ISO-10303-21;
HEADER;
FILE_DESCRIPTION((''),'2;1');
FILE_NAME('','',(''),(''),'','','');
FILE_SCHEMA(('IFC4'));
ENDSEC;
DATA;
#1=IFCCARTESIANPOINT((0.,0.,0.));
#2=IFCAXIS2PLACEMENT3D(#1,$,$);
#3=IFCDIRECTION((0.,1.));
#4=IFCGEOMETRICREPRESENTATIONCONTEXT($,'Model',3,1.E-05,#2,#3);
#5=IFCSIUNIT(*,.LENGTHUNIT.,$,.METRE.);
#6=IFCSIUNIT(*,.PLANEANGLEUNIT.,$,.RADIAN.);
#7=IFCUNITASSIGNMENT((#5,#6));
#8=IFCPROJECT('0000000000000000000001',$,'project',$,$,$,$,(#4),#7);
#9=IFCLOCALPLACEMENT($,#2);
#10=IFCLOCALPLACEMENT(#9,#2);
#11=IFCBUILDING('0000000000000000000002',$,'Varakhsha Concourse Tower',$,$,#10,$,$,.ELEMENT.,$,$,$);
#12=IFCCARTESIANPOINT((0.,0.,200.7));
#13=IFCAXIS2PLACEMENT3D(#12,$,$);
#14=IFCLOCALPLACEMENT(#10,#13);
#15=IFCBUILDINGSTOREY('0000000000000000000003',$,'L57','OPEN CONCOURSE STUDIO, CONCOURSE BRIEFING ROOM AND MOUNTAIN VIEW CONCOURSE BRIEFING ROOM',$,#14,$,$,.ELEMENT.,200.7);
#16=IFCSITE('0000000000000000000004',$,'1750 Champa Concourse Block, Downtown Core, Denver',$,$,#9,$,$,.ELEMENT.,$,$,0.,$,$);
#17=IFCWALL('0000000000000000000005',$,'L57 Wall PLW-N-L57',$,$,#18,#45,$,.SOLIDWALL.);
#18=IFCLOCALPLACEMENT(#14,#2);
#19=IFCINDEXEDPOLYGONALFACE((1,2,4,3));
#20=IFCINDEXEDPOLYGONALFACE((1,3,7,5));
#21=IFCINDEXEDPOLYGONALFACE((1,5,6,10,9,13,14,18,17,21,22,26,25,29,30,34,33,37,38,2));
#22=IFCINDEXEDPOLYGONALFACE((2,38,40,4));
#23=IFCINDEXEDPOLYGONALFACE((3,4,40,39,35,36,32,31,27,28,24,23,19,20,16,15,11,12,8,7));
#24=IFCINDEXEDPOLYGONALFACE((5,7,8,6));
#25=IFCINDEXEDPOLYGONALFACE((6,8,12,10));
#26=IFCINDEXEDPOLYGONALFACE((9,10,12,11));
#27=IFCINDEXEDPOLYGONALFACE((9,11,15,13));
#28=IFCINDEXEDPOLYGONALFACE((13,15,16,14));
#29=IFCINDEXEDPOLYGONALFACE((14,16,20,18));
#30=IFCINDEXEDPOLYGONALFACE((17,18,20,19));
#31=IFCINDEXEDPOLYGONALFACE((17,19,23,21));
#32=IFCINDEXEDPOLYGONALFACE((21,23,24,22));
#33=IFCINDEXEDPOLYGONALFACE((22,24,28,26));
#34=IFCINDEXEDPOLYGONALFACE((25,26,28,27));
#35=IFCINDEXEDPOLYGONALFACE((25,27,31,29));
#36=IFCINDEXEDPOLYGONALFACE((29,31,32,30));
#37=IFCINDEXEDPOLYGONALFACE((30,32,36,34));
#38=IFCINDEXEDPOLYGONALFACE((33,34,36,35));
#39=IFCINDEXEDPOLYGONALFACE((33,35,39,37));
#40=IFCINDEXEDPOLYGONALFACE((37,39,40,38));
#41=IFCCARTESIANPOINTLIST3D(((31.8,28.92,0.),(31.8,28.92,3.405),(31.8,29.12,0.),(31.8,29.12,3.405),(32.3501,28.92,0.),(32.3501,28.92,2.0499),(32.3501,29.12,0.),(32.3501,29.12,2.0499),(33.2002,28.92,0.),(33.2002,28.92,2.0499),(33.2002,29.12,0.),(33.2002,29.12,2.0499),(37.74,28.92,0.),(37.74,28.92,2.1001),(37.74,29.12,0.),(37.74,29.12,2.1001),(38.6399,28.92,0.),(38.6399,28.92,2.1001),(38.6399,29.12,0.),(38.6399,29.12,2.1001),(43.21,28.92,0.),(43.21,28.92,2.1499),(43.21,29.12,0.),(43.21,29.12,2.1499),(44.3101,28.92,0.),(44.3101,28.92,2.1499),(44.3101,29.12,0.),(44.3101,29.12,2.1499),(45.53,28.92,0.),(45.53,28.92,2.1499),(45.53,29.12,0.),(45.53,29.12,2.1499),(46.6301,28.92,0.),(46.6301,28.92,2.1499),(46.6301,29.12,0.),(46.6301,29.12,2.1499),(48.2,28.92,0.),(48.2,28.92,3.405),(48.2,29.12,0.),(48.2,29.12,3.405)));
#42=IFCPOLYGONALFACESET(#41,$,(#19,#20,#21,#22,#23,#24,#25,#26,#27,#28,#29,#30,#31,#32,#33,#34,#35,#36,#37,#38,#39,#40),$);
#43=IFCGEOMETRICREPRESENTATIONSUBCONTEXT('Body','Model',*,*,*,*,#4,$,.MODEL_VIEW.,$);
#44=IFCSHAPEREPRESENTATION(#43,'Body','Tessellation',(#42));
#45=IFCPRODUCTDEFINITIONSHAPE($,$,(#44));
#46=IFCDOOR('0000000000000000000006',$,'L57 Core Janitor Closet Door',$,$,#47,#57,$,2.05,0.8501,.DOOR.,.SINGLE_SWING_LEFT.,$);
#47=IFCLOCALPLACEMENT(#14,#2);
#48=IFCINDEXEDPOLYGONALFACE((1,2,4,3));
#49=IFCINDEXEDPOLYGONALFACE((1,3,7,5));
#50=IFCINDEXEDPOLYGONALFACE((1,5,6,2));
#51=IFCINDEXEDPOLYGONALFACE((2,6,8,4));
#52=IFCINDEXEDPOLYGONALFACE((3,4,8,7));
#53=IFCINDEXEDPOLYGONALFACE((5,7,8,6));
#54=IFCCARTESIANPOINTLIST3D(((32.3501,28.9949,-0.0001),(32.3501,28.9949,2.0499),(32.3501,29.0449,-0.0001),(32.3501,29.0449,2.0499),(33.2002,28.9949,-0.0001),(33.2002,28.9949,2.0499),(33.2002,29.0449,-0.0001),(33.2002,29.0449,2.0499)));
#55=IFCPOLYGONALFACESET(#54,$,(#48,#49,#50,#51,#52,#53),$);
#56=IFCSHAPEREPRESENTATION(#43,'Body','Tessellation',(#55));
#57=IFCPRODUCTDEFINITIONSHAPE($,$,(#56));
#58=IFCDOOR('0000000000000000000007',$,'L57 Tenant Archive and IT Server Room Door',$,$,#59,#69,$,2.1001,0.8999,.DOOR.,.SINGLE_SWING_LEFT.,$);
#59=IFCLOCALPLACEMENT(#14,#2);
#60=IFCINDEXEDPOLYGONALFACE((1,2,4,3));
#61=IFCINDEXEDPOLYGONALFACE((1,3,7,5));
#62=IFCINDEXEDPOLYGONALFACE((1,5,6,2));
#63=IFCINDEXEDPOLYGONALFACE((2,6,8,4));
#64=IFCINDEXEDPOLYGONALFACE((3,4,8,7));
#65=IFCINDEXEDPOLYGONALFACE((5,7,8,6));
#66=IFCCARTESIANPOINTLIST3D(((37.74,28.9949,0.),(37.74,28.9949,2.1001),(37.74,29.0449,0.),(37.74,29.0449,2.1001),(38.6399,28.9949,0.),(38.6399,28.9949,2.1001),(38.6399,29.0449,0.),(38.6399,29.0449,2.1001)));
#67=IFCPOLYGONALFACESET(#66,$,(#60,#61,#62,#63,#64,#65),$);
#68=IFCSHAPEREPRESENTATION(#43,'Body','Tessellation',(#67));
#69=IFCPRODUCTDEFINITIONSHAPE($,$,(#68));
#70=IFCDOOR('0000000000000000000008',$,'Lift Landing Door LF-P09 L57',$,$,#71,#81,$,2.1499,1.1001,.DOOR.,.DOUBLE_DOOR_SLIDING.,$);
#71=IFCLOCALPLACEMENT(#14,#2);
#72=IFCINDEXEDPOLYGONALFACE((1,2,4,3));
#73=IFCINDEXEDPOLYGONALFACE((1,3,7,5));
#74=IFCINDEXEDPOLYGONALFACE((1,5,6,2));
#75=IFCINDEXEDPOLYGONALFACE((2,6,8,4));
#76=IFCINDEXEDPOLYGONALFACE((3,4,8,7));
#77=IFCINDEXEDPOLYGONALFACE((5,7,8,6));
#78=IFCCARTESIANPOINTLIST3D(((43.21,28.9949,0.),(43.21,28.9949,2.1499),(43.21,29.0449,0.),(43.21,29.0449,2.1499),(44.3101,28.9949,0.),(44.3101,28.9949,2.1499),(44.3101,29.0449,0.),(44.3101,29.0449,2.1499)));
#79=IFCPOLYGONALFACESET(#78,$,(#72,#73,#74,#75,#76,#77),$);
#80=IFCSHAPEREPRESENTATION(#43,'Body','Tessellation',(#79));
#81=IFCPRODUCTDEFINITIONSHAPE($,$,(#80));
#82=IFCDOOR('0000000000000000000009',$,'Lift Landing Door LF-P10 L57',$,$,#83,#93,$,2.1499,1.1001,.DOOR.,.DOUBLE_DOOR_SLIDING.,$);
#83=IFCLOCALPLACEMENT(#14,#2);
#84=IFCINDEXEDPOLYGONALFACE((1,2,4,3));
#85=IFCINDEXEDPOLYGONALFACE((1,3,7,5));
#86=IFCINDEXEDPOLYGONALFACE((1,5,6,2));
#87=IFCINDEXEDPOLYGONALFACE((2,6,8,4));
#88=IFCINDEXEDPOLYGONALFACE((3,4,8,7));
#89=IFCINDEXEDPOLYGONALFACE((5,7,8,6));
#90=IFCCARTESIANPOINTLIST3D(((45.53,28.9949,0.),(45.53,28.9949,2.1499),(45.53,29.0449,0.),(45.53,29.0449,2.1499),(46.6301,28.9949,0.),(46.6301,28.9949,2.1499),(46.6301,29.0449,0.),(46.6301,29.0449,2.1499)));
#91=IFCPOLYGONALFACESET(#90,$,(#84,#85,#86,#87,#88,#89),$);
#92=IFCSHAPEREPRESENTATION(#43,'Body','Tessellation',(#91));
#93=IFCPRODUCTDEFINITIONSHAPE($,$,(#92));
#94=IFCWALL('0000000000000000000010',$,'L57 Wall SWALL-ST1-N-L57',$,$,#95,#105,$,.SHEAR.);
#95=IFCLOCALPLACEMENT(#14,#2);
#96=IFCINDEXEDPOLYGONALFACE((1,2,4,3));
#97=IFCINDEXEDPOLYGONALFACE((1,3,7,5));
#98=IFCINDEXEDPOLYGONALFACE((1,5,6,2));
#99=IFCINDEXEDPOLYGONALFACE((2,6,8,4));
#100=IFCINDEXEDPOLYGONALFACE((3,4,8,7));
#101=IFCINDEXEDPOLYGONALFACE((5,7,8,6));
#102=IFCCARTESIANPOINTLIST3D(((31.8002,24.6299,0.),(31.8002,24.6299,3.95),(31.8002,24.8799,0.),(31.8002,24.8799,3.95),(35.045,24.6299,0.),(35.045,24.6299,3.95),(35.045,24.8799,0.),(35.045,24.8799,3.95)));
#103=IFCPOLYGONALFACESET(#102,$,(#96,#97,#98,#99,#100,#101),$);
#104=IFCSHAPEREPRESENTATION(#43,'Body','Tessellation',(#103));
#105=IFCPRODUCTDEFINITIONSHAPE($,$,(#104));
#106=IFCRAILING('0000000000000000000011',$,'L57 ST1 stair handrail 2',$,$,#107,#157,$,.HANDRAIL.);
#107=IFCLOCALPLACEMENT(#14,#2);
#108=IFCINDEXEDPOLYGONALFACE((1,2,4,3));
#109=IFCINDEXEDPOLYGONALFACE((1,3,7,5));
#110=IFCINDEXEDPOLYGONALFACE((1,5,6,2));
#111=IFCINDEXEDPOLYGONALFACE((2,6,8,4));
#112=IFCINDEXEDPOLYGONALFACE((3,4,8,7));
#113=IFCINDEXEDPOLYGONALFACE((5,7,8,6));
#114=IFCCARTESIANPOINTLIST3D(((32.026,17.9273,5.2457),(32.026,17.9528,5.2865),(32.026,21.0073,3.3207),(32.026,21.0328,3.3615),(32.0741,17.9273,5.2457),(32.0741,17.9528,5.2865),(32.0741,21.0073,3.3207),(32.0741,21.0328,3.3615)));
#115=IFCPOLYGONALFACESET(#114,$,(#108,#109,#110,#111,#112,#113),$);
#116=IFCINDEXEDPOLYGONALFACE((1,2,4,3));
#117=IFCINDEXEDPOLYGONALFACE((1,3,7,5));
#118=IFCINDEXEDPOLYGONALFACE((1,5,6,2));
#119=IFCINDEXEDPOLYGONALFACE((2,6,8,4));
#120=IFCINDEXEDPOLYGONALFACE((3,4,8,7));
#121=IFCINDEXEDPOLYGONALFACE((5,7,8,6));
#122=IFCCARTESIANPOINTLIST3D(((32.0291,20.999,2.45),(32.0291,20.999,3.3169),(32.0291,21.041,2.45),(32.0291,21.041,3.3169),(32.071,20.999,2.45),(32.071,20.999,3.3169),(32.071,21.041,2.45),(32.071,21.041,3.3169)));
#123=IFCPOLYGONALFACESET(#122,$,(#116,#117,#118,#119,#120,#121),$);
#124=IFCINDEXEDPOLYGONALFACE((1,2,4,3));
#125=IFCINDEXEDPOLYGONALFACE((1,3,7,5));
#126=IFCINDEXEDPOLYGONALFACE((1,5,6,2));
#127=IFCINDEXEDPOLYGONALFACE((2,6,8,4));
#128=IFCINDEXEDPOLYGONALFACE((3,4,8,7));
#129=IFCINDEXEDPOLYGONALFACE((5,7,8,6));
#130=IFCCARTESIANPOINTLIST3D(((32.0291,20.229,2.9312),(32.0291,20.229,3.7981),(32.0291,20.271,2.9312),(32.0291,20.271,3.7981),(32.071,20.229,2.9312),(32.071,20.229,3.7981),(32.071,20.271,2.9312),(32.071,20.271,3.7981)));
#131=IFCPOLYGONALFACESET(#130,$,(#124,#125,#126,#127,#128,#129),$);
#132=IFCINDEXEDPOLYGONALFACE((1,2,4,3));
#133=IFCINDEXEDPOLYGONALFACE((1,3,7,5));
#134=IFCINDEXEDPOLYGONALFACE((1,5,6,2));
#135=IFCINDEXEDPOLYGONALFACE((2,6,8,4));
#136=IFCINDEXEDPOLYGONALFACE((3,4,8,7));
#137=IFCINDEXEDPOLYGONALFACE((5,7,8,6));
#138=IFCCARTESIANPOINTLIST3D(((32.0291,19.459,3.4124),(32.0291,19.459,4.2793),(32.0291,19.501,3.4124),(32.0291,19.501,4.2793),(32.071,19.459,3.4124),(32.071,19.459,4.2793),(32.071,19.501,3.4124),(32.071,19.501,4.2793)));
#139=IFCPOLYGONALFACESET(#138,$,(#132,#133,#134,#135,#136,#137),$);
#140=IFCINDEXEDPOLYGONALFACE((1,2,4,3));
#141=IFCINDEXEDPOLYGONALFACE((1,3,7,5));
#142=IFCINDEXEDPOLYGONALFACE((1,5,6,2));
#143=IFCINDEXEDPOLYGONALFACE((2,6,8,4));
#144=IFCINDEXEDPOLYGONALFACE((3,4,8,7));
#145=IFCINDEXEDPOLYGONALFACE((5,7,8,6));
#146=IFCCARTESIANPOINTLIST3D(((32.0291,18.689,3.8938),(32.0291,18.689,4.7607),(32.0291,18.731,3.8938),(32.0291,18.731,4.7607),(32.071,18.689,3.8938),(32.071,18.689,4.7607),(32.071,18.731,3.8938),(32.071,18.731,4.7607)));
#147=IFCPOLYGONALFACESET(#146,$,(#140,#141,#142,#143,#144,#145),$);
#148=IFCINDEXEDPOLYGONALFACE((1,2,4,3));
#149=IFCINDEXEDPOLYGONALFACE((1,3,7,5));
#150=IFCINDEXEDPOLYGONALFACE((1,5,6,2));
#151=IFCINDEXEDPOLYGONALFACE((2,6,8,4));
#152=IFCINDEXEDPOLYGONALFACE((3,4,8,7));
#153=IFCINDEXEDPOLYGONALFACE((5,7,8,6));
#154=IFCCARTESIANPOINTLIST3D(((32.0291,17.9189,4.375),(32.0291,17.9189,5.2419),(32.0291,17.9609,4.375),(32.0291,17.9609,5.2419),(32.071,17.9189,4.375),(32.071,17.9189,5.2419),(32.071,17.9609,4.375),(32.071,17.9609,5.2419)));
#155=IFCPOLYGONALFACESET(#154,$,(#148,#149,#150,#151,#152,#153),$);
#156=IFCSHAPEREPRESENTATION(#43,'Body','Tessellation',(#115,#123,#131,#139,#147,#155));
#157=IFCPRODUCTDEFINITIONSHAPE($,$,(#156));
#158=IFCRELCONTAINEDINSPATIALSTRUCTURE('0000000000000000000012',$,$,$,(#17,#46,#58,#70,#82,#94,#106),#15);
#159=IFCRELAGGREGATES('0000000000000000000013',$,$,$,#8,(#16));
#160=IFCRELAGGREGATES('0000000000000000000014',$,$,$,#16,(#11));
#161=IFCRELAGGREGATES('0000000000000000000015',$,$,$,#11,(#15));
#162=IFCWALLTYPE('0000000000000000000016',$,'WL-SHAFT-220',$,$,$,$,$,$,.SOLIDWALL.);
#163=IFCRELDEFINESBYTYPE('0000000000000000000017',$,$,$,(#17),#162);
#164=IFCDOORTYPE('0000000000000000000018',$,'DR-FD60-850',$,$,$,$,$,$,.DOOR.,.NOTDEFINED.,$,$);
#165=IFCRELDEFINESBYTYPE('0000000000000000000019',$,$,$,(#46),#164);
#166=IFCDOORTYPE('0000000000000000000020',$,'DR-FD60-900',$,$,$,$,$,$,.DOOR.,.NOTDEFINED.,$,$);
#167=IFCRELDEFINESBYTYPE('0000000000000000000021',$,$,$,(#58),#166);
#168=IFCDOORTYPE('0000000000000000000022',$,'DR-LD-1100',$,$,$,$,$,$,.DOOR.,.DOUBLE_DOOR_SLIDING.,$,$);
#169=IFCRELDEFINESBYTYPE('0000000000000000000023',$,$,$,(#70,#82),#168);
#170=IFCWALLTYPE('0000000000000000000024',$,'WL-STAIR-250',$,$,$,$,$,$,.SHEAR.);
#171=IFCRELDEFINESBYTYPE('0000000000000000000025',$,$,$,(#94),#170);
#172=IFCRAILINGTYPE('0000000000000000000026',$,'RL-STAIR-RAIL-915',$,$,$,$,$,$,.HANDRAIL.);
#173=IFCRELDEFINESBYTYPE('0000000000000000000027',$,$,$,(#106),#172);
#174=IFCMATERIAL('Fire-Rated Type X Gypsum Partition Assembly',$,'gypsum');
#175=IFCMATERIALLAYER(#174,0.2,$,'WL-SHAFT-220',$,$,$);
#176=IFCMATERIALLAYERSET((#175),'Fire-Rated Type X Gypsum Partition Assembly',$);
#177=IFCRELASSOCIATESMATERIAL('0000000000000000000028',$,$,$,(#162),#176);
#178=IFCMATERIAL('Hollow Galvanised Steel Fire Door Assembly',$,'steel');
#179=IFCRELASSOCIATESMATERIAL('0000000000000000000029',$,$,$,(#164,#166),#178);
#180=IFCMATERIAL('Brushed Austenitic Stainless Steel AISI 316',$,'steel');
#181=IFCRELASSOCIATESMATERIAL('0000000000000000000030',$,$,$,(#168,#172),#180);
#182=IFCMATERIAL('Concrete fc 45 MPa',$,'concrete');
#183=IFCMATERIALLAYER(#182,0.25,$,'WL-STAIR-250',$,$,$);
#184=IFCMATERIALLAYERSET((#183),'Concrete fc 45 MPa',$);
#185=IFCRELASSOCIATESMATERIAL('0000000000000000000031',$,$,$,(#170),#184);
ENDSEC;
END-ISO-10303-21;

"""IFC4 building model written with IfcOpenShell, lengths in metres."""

from ifc_helpers import new_model, si_unit, direction, frame, frame_2d, origin, origin_2d, place, context, subcontext, project, spatial, rectangle, extrude, material, layer, layer_set, type_object, element, fill, save


model = new_model("IFC4")

# Units and contexts
model_context = context("Model", 3, precision=1e-05, world=origin(), true_north=direction((0.0, 1.0)))
body_context = subcontext(model_context, "Body", "Model", "MODEL_VIEW")
ifc_project = project(units=[si_unit("LENGTHUNIT", "METRE"), si_unit("PLANEANGLEUNIT", "RADIAN")], contexts=[model_context])

# Site, building, storey
site_placement = place(None, origin())
site = spatial("IfcSite", under=ifc_project, at=site_placement, Name="1750 Champa Concourse Block, Downtown Core, Denver", CompositionType="ELEMENT", RefElevation=0.0)
building_placement = place(site_placement, origin())
building = spatial("IfcBuilding", under=site, at=building_placement, Name="Varakhsha Concourse Tower", CompositionType="ELEMENT")
storey_placement = place(building_placement, frame((0.0, 0.0, 200.7)))
storey = spatial("IfcBuildingStorey", under=building, at=storey_placement, Name="L57", Description="OPEN CONCOURSE STUDIO, CONCOURSE BRIEFING ROOM AND MOUNTAIN VIEW CONCOURSE BRIEFING ROOM", CompositionType="ELEMENT", Elevation=200.7)

# Shared definitions
ifc_material_1 = material(Name="Fire-Rated Type X Gypsum Partition Assembly", Category="gypsum")

# Wall, openings, doors
ifc_layer_1 = layer(ifc_material_1, 0.2, Name="WL-SHAFT-220")
ifc_layer_set_1 = layer_set([ifc_layer_1], Name="Fire-Rated Type X Gypsum Partition Assembly")
wall_type_1 = type_object("IfcWallType", Name="WL-SHAFT-220", PredefinedType="SOLIDWALL", material=ifc_layer_set_1)
wall_1_placement = place(storey_placement, frame((31.8, 29.02, 0.0), z_axis=(0.0, 0.0, 1.0), x_axis=(1.0, 0.0, 0.0)))
wall_1 = element("IfcWall", 1, at=wall_1_placement, inside=storey, type_object=wall_type_1, Name="L57 Wall PLW-N-L57", PredefinedType="SOLIDWALL", context=body_context, shape_type="SweptSolid", body=[
    extrude(rectangle(XDim=16.3999, YDim=0.2, at=frame_2d((8.2, 0.0))), origin(), (0.0, 0.0, 1.0), 3.405),
])
opening_1_placement = place(wall_1_placement, frame((0.55, 0.0, 0.0)))
opening_1 = element("IfcOpeningElement", 2, at=opening_1_placement, cuts=wall_1, PredefinedType="OPENING", context=body_context, shape_type="SweptSolid", body=[
    extrude(rectangle(XDim=0.8501, YDim=2.05, at=frame_2d((0.425, 1.0249))), frame((0.0, 0.1099, 0.0), z_axis=(0.0, -1.0, 0.0), x_axis=(1.0, 0.0, 0.0)), (0.0, 0.0, 1.0), 0.22),
])
opening_2_placement = place(wall_1_placement, frame((5.9399, 0.0, 0.0)))
opening_2 = element("IfcOpeningElement", 3, at=opening_2_placement, cuts=wall_1, PredefinedType="OPENING", context=body_context, shape_type="SweptSolid", body=[
    extrude(rectangle(XDim=0.8999, YDim=2.1001, at=frame_2d((0.45, 1.05))), frame((0.0, 0.1099, 0.0), z_axis=(0.0, -1.0, 0.0), x_axis=(1.0, 0.0, 0.0)), (0.0, 0.0, 1.0), 0.22),
])
opening_3_placement = place(wall_1_placement, frame((11.4099, 0.0, 0.0)))
opening_3 = element("IfcOpeningElement", 4, at=opening_3_placement, cuts=wall_1, PredefinedType="OPENING", context=body_context, shape_type="SweptSolid", body=[
    extrude(rectangle(XDim=1.1001, YDim=2.1499, at=frame_2d((0.55, 1.075))), frame((0.0, 0.1099, 0.0), z_axis=(0.0, -1.0, 0.0), x_axis=(1.0, 0.0, 0.0)), (0.0, 0.0, 1.0), 0.22),
])
opening_4_placement = place(wall_1_placement, frame((13.73, 0.0, 0.0)))
opening_4 = element("IfcOpeningElement", 5, at=opening_4_placement, cuts=wall_1, PredefinedType="OPENING", context=body_context, shape_type="SweptSolid", body=[
    extrude(rectangle(XDim=1.1001, YDim=2.1499, at=frame_2d((0.55, 1.075))), frame((0.0, 0.1099, 0.0), z_axis=(0.0, -1.0, 0.0), x_axis=(1.0, 0.0, 0.0)), (0.0, 0.0, 1.0), 0.22),
])
ifc_material_2 = material(Name="Hollow Galvanised Steel Fire Door Assembly", Category="steel")
door_type_1 = type_object("IfcDoorType", Name="DR-FD60-850", OperationType="NOTDEFINED", PredefinedType="DOOR", material=ifc_material_2)
door_1_placement = place(opening_1_placement, origin())
door_1 = element("IfcDoor", 6, at=door_1_placement, inside=storey, type_object=door_type_1, Name="L57 Core Janitor Closet Door", OperationType="SINGLE_SWING_LEFT", OverallHeight=2.05, OverallWidth=0.8501, PredefinedType="DOOR", context=body_context, shape_type="SweptSolid", body=[
    extrude(rectangle(XDim=0.8501, YDim=2.05, at=frame_2d((0.425, 1.0249))), frame((0.0, 0.0249, 0.0), z_axis=(0.0, -1.0, 0.0), x_axis=(1.0, 0.0, 0.0)), (0.0, 0.0, 1.0), 0.05),
])
fill(opening_1, door_1)
door_type_2 = type_object("IfcDoorType", Name="DR-FD60-900", OperationType="NOTDEFINED", PredefinedType="DOOR", material=ifc_material_2)
door_2_placement = place(opening_2_placement, origin())
door_2 = element("IfcDoor", 7, at=door_2_placement, inside=storey, type_object=door_type_2, Name="L57 Tenant Archive and IT Server Room Door", OperationType="SINGLE_SWING_LEFT", OverallHeight=2.1001, OverallWidth=0.8999, PredefinedType="DOOR", context=body_context, shape_type="SweptSolid", body=[
    extrude(rectangle(XDim=0.8999, YDim=2.1001, at=frame_2d((0.45, 1.05))), frame((0.0, 0.0249, 0.0), z_axis=(0.0, -1.0, 0.0), x_axis=(1.0, 0.0, 0.0)), (0.0, 0.0, 1.0), 0.05),
])
fill(opening_2, door_2)
ifc_material_3 = material(Name="Brushed Austenitic Stainless Steel AISI 316", Category="steel")
door_type_3 = type_object("IfcDoorType", Name="DR-LD-1100", OperationType="DOUBLE_DOOR_SLIDING", PredefinedType="DOOR", material=ifc_material_3)
door_3_placement = place(opening_3_placement, origin())
door_3 = element("IfcDoor", 8, at=door_3_placement, inside=storey, type_object=door_type_3, Name="Lift Landing Door LF-P09 L57", OperationType="DOUBLE_DOOR_SLIDING", OverallHeight=2.1499, OverallWidth=1.1001, PredefinedType="DOOR", context=body_context, shape_type="SweptSolid", body=[
    extrude(rectangle(XDim=1.1001, YDim=2.1499, at=frame_2d((0.55, 1.075))), frame((0.0, 0.0249, 0.0), z_axis=(0.0, -1.0, 0.0), x_axis=(1.0, 0.0, 0.0)), (0.0, 0.0, 1.0), 0.05),
])
fill(opening_3, door_3)
door_4_placement = place(opening_4_placement, origin())
door_4 = element("IfcDoor", 9, at=door_4_placement, inside=storey, type_object=door_type_3, Name="Lift Landing Door LF-P10 L57", OperationType="DOUBLE_DOOR_SLIDING", OverallHeight=2.1499, OverallWidth=1.1001, PredefinedType="DOOR", context=body_context, shape_type="SweptSolid", body=[
    extrude(rectangle(XDim=1.1001, YDim=2.1499, at=frame_2d((0.55, 1.075))), frame((0.0, 0.0249, 0.0), z_axis=(0.0, -1.0, 0.0), x_axis=(1.0, 0.0, 0.0)), (0.0, 0.0, 1.0), 0.05),
])
fill(opening_4, door_4)

# Wall
ifc_material_4 = material(Name="Concrete fc 45 MPa", Category="concrete")
ifc_layer_2 = layer(ifc_material_4, 0.25, Name="WL-STAIR-250")
ifc_layer_set_2 = layer_set([ifc_layer_2], Name="Concrete fc 45 MPa")
wall_type_2 = type_object("IfcWallType", Name="WL-STAIR-250", PredefinedType="SHEAR", material=ifc_layer_set_2)
wall_2_placement = place(storey_placement, frame((31.8, 24.7549, 0.0), z_axis=(0.0, 0.0, 1.0), x_axis=(1.0, 0.0, 0.0)))
element("IfcWall", 10, at=wall_2_placement, inside=storey, type_object=wall_type_2, Name="L57 Wall SWALL-ST1-N-L57", PredefinedType="SHEAR", context=body_context, shape_type="SweptSolid", body=[
    extrude(rectangle(XDim=3.2449, YDim=0.25, at=frame_2d((1.6226, 0.0))), origin(), (0.0, 0.0, 1.0), 3.95),
])

# Railing
railing_type = type_object("IfcRailingType", Name="RL-STAIR-RAIL-915", PredefinedType="HANDRAIL", material=ifc_material_3)
railing_placement = place(storey_placement, frame((32.05, 21.02, 2.45)))
element("IfcRailing", 11, at=railing_placement, inside=storey, type_object=railing_type, Name="L57 ST1 stair handrail 2", PredefinedType="HANDRAIL", context=body_context, shape_type="SweptSolid", body=[
    extrude(rectangle(XDim=0.0481, YDim=0.0481, at=origin_2d()), frame((0.0, 0.0, 0.8911), z_axis=(0.0, -0.847998, 0.529999), x_axis=(1.0, 0.0, 0.0)), (0.0, 0.0, 1.0), 3.6321),
    extrude(rectangle(XDim=0.042, YDim=0.042, at=origin_2d()), origin(), (0.0, 0.0, 1.0), 0.8669),
    extrude(rectangle(XDim=0.042, YDim=0.042, at=origin_2d()), frame((0.0, -0.77, 0.4812)), (0.0, 0.0, 1.0), 0.8669),
    extrude(rectangle(XDim=0.042, YDim=0.042, at=origin_2d()), frame((0.0, -1.54, 0.9624)), (0.0, 0.0, 1.0), 0.8669),
    extrude(rectangle(XDim=0.042, YDim=0.042, at=origin_2d()), frame((0.0, -2.3101, 1.4438)), (0.0, 0.0, 1.0), 0.8669),
    extrude(rectangle(XDim=0.042, YDim=0.042, at=origin_2d()), frame((0.0, -3.0801, 1.925)), (0.0, 0.0, 1.0), 0.8669),
])

save(model, "model.ifc")
